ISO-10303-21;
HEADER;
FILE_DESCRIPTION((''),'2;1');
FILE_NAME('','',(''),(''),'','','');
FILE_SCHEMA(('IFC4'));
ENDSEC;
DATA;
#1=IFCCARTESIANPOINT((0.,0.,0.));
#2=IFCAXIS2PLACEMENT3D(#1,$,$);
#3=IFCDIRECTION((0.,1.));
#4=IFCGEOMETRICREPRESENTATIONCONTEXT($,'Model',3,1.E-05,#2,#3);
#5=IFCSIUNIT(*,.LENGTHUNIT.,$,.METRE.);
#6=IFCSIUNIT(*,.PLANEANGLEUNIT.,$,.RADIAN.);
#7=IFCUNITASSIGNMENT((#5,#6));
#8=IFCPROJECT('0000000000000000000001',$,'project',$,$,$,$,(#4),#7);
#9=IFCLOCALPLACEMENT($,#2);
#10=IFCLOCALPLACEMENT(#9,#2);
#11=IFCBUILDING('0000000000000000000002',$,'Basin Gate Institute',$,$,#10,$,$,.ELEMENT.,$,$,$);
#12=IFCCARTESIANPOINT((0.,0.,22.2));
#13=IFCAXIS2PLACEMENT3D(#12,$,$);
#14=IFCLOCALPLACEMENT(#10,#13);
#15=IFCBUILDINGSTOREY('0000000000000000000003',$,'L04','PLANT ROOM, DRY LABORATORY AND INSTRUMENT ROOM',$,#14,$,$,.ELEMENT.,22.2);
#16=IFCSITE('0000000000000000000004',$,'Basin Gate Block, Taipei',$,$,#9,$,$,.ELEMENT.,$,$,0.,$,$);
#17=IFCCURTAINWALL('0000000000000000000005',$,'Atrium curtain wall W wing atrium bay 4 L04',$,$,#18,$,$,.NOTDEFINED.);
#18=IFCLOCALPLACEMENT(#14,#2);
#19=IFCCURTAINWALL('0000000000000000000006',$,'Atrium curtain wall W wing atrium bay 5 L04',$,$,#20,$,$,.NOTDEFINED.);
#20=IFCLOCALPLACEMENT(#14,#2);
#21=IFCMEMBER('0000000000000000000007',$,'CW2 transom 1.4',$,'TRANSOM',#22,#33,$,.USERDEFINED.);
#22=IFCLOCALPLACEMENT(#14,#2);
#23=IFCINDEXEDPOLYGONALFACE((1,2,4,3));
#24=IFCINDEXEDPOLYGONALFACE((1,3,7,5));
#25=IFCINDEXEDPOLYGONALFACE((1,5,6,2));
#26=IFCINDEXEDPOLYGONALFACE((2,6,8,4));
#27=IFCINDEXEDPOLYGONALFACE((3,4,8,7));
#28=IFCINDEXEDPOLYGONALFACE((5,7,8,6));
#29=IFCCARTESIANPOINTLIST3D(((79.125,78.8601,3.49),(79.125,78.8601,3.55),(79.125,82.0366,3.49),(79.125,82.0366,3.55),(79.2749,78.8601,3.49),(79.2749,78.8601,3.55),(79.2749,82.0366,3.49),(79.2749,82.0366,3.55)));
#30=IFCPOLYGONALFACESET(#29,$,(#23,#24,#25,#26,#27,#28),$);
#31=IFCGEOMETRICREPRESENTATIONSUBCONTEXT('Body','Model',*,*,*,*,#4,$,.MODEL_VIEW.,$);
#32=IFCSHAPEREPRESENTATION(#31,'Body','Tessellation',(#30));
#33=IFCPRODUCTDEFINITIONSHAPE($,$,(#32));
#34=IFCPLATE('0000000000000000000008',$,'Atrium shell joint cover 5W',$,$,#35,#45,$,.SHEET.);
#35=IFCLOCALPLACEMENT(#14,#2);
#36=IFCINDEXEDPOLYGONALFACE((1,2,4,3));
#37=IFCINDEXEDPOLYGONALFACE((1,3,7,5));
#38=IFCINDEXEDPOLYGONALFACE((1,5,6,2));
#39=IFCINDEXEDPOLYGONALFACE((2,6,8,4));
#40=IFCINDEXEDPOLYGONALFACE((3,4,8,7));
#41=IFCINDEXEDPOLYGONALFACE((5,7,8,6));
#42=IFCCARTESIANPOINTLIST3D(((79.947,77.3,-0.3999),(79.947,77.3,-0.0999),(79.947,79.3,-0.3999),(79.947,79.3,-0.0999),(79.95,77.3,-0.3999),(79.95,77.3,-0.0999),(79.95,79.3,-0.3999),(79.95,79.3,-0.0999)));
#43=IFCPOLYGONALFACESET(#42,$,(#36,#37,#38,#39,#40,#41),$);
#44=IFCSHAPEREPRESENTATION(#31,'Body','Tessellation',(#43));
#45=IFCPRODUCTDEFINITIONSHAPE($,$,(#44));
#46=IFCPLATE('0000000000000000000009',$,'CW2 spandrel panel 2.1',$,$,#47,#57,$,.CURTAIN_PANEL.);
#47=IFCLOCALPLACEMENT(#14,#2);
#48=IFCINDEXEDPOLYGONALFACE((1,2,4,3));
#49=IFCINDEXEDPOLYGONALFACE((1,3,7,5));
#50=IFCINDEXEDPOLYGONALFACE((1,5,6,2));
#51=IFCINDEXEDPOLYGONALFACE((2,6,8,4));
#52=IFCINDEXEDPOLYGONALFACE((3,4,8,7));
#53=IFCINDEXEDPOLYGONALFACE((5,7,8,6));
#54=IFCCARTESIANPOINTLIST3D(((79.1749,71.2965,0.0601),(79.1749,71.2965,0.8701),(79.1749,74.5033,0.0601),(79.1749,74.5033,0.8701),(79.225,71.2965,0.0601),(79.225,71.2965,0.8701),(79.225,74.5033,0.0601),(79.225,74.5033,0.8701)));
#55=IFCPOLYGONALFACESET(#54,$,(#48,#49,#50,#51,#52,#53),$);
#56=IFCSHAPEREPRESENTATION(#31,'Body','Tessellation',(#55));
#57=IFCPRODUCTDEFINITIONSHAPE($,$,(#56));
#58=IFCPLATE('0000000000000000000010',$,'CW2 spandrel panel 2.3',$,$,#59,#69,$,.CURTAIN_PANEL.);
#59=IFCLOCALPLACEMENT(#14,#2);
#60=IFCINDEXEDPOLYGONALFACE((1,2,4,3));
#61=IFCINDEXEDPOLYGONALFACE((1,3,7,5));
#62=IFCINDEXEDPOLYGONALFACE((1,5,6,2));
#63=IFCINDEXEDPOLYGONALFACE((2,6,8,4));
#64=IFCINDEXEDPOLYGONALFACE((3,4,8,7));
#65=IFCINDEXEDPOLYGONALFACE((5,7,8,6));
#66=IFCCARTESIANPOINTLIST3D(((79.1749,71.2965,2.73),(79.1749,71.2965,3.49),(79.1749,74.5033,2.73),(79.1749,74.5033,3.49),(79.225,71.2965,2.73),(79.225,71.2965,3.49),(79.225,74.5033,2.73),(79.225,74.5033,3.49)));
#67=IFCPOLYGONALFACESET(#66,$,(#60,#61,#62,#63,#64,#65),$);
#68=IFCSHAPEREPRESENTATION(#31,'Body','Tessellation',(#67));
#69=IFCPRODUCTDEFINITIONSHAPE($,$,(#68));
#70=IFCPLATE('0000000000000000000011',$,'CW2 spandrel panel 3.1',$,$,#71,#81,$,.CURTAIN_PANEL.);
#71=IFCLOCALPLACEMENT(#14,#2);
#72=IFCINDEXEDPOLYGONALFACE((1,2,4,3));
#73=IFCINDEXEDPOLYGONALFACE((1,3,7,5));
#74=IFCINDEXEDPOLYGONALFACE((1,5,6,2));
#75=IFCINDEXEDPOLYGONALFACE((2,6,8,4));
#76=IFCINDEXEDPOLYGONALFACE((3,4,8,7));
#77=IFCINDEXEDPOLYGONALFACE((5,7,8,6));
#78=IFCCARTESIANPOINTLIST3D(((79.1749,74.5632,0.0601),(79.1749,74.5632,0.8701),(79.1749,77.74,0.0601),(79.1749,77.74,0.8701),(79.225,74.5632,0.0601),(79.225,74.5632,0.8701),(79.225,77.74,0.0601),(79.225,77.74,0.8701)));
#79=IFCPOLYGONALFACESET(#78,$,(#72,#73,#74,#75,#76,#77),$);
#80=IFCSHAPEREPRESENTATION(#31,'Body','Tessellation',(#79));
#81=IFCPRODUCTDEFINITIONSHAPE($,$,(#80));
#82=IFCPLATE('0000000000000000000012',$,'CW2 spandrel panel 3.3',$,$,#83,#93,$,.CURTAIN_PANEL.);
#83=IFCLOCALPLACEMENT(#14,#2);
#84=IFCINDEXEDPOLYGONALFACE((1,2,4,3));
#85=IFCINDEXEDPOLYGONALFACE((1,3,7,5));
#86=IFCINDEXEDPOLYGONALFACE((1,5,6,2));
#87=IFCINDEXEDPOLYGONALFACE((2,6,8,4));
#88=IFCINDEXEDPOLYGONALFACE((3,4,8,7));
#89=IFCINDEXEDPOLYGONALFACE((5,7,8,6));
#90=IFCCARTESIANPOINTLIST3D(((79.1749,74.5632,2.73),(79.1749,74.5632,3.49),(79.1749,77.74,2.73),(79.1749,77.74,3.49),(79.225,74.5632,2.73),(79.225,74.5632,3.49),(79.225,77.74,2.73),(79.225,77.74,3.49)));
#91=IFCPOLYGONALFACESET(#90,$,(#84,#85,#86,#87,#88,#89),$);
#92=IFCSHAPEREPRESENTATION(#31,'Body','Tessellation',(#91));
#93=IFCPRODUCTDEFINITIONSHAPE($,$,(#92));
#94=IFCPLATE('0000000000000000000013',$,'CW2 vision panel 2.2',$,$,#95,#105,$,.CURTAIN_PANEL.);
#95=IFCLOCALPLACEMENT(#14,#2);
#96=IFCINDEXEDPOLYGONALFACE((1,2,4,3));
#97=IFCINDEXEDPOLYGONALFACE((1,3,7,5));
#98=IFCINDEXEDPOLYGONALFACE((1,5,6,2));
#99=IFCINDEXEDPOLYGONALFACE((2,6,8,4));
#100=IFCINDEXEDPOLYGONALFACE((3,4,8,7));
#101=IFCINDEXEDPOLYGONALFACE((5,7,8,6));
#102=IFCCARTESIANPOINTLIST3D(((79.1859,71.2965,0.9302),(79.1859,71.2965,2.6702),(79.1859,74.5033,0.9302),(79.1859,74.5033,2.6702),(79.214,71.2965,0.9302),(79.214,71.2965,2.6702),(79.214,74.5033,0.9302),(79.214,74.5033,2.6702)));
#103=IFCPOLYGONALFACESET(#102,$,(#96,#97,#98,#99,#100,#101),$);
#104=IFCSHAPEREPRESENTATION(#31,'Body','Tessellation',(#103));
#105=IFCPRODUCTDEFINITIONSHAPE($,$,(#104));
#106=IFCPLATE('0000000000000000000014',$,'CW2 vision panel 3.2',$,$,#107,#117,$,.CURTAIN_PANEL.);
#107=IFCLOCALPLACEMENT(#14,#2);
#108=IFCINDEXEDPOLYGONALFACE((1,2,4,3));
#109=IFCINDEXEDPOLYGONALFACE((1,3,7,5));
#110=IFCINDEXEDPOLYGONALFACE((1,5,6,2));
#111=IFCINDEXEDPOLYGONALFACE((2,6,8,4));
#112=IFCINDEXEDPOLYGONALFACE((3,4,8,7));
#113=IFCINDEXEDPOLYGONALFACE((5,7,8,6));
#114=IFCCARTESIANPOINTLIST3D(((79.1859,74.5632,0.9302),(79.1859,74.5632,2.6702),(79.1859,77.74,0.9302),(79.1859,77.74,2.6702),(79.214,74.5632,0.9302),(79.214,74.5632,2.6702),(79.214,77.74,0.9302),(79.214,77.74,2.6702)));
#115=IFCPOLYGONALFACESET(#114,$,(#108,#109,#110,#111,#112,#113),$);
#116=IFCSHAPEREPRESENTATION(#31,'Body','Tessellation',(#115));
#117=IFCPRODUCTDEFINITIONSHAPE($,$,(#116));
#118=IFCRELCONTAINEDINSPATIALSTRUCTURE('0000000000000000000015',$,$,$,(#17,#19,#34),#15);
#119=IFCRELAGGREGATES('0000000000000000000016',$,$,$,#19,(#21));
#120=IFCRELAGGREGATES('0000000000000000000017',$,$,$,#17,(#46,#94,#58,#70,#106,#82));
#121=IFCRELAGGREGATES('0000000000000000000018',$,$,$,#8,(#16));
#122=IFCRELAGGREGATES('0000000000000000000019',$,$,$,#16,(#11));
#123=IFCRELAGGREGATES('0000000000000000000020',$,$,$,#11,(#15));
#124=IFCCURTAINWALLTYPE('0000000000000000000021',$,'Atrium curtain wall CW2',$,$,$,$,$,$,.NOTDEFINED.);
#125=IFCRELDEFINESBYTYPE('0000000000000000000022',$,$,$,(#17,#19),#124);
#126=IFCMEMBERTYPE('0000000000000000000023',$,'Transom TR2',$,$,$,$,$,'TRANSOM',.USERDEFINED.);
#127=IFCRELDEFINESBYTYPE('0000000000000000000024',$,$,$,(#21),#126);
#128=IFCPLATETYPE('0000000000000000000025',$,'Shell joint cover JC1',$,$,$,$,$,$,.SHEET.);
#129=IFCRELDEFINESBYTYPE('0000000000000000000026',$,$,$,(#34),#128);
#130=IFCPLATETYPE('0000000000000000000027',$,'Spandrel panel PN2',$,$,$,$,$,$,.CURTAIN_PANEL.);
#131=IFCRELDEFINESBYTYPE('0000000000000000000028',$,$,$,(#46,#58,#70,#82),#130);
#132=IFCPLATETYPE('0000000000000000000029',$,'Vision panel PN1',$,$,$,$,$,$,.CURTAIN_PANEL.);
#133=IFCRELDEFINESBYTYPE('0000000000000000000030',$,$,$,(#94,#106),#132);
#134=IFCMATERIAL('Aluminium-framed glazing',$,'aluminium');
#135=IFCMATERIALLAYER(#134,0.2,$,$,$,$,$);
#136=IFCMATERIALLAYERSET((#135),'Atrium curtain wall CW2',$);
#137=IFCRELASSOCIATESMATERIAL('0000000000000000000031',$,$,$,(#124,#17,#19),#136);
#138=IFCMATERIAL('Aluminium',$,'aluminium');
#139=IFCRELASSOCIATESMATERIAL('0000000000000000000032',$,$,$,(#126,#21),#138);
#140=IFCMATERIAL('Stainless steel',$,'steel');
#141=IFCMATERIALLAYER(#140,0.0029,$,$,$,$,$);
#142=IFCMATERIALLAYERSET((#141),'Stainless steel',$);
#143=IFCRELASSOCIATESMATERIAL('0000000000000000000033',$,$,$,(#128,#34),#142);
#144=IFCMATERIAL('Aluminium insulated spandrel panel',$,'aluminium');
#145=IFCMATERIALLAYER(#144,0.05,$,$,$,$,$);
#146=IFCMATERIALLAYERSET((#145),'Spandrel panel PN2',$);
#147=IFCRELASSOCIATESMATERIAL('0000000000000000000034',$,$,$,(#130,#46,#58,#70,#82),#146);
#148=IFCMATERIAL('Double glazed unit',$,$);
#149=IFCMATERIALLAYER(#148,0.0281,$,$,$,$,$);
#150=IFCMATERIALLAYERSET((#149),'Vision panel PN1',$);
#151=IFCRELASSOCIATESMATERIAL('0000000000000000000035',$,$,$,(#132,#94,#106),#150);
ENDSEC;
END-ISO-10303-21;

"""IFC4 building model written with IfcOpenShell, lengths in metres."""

from ifc_helpers import new_model, si_unit, direction, frame, origin, origin_2d, place, context, subcontext, project, spatial, rectangle, extrude, material, layer, layer_set, material_profile, profile_set, type_object, element, aggregate, save


model = new_model("IFC4")

# Units and contexts
model_context = context("Model", 3, precision=1e-05, world=origin(), true_north=direction((0.0, 1.0)))
body_context = subcontext(model_context, "Body", "Model", "MODEL_VIEW")
ifc_project = project(units=[si_unit("LENGTHUNIT", "METRE"), si_unit("PLANEANGLEUNIT", "RADIAN")], contexts=[model_context])

# Site, building, storey
site_placement = place(None, origin())
site = spatial("IfcSite", under=ifc_project, at=site_placement, Name="Basin Gate Block, Taipei", CompositionType="ELEMENT", RefElevation=0.0)
building_placement = place(site_placement, origin())
building = spatial("IfcBuilding", under=site, at=building_placement, Name="Basin Gate Institute", CompositionType="ELEMENT")
storey_placement = place(building_placement, frame((0.0, 0.0, 22.2)))
storey = spatial("IfcBuildingStorey", under=building, at=storey_placement, Name="L04", Description="PLANT ROOM, DRY LABORATORY AND INSTRUMENT ROOM", CompositionType="ELEMENT", Elevation=22.2)

# Curtain wall
ifc_material_1 = material(Name="Aluminium-framed glazing", Category="aluminium")
ifc_layer_1 = layer(ifc_material_1, 0.2)
ifc_layer_set_1 = layer_set([ifc_layer_1], Name="Atrium curtain wall CW2")
curtain_wall_type = type_object("IfcCurtainWallType", Name="Atrium curtain wall CW2", PredefinedType="NOTDEFINED", material=ifc_layer_set_1)
curtain_wall_1_placement = place(storey_placement, origin())
curtain_wall_1 = element("IfcCurtainWall", 1, at=curtain_wall_1_placement, inside=storey, type_object=curtain_wall_type, material=ifc_layer_set_1, Name="Atrium curtain wall W wing atrium bay 4 L04", PredefinedType="NOTDEFINED")

# Curtain wall
curtain_wall_2_placement = place(storey_placement, origin())
curtain_wall_2 = element("IfcCurtainWall", 2, at=curtain_wall_2_placement, inside=storey, type_object=curtain_wall_type, material=ifc_layer_set_1, Name="Atrium curtain wall W wing atrium bay 5 L04", PredefinedType="NOTDEFINED")

# Member
ifc_material_2 = material(Name="Aluminium", Category="aluminium")
ifc_material_profile_1 = material_profile(ifc_material_2, rectangle(XDim=0.1499, YDim=0.0601, at=origin_2d()), Name="Transom TR2 150 x 60")
ifc_profile_set_1 = profile_set([ifc_material_profile_1], Name="Aluminium")
member_type_1 = type_object("IfcMemberType", Name="Transom TR2", ElementType="TRANSOM", PredefinedType="USERDEFINED", material=ifc_profile_set_1)
member_1_placement = place(storey_placement, frame((79.2, 78.8601, 3.52), z_axis=(0.0, 1.0, 0.0), x_axis=(-1.0, 0.0, 0.0)))
member_1 = element("IfcMember", 3, at=member_1_placement, type_object=member_type_1, material=ifc_profile_set_1, Name="CW2 transom 1.4", ObjectType="TRANSOM", PredefinedType="USERDEFINED", context=body_context, shape_type="SweptSolid", body=[
    extrude(rectangle(XDim=0.1499, YDim=0.0601, at=origin_2d()), origin(), (0.0, 0.0, 1.0), 3.1765),
])
aggregate(curtain_wall_2, [member_1])

# Plates
ifc_material_3 = material(Name="Stainless steel", Category="steel")
ifc_layer_2 = layer(ifc_material_3, 0.0029)
ifc_layer_set_2 = layer_set([ifc_layer_2], Name="Stainless steel")
plate_type_1 = type_object("IfcPlateType", Name="Shell joint cover JC1", PredefinedType="SHEET", material=ifc_layer_set_2)
plate_1_placement = place(storey_placement, frame((79.9485, 78.3, -0.3999), z_axis=(0.0, 0.0, 1.0), x_axis=(1.0, 0.0, 0.0)))
element("IfcPlate", 4, at=plate_1_placement, inside=storey, type_object=plate_type_1, material=ifc_layer_set_2, Name="Atrium shell joint cover 5W", PredefinedType="SHEET", context=body_context, shape_type="SweptSolid", body=[
    extrude(rectangle(XDim=0.0029, YDim=2.0, at=origin_2d()), origin(), (0.0, 0.0, 1.0), 0.3),
])
ifc_material_4 = material(Name="Aluminium insulated spandrel panel", Category="aluminium")
ifc_layer_3 = layer(ifc_material_4, 0.05)
ifc_layer_set_3 = layer_set([ifc_layer_3], Name="Spandrel panel PN2")
plate_type_2 = type_object("IfcPlateType", Name="Spandrel panel PN2", PredefinedType="CURTAIN_PANEL", material=ifc_layer_set_3)
plate_2_placement = place(storey_placement, frame((79.2, 72.8999, 0.0601), z_axis=(0.0, 0.0, 1.0), x_axis=(0.0, 1.0, 0.0)))
plate_2 = element("IfcPlate", 5, at=plate_2_placement, type_object=plate_type_2, material=ifc_layer_set_3, Name="CW2 spandrel panel 2.1", PredefinedType="CURTAIN_PANEL", context=body_context, shape_type="SweptSolid", body=[
    extrude(rectangle(XDim=3.2068, YDim=0.05, at=origin_2d()), origin(), (0.0, 0.0, 1.0), 0.8101),
])
plate_3_placement = place(storey_placement, frame((79.2, 72.8999, 2.73), z_axis=(0.0, 0.0, 1.0), x_axis=(0.0, 1.0, 0.0)))
plate_3 = element("IfcPlate", 6, at=plate_3_placement, type_object=plate_type_2, material=ifc_layer_set_3, Name="CW2 spandrel panel 2.3", PredefinedType="CURTAIN_PANEL", context=body_context, shape_type="SweptSolid", body=[
    extrude(rectangle(XDim=3.2068, YDim=0.05, at=origin_2d()), origin(), (0.0, 0.0, 1.0), 0.76),
])
plate_4_placement = place(storey_placement, frame((79.2, 76.1516, 0.0601), z_axis=(0.0, 0.0, 1.0), x_axis=(0.0, 1.0, 0.0)))
plate_4 = element("IfcPlate", 7, at=plate_4_placement, type_object=plate_type_2, material=ifc_layer_set_3, Name="CW2 spandrel panel 3.1", PredefinedType="CURTAIN_PANEL", context=body_context, shape_type="SweptSolid", body=[
    extrude(rectangle(XDim=3.1768, YDim=0.05, at=origin_2d()), origin(), (0.0, 0.0, 1.0), 0.8101),
])
plate_5_placement = place(storey_placement, frame((79.2, 76.1516, 2.73), z_axis=(0.0, 0.0, 1.0), x_axis=(0.0, 1.0, 0.0)))
plate_5 = element("IfcPlate", 8, at=plate_5_placement, type_object=plate_type_2, material=ifc_layer_set_3, Name="CW2 spandrel panel 3.3", PredefinedType="CURTAIN_PANEL", context=body_context, shape_type="SweptSolid", body=[
    extrude(rectangle(XDim=3.1768, YDim=0.05, at=origin_2d()), origin(), (0.0, 0.0, 1.0), 0.76),
])
ifc_material_5 = material(Name="Double glazed unit")
ifc_layer_4 = layer(ifc_material_5, 0.0281)
ifc_layer_set_4 = layer_set([ifc_layer_4], Name="Vision panel PN1")
plate_type_3 = type_object("IfcPlateType", Name="Vision panel PN1", PredefinedType="CURTAIN_PANEL", material=ifc_layer_set_4)
plate_6_placement = place(storey_placement, frame((79.2, 72.8999, 0.9302), z_axis=(0.0, 0.0, 1.0), x_axis=(0.0, 1.0, 0.0)))
plate_6 = element("IfcPlate", 9, at=plate_6_placement, type_object=plate_type_3, material=ifc_layer_set_4, Name="CW2 vision panel 2.2", PredefinedType="CURTAIN_PANEL", context=body_context, shape_type="SweptSolid", body=[
    extrude(rectangle(XDim=3.2068, YDim=0.0281, at=origin_2d()), origin(), (0.0, 0.0, 1.0), 1.74),
])
plate_7_placement = place(storey_placement, frame((79.2, 76.1516, 0.9302), z_axis=(0.0, 0.0, 1.0), x_axis=(0.0, 1.0, 0.0)))
plate_7 = element("IfcPlate", 10, at=plate_7_placement, type_object=plate_type_3, material=ifc_layer_set_4, Name="CW2 vision panel 3.2", PredefinedType="CURTAIN_PANEL", context=body_context, shape_type="SweptSolid", body=[
    extrude(rectangle(XDim=3.1768, YDim=0.0281, at=origin_2d()), origin(), (0.0, 0.0, 1.0), 1.74),
])
aggregate(curtain_wall_1, [plate_2, plate_6, plate_3, plate_4, plate_7, plate_5])

save(model, "model.ifc")
